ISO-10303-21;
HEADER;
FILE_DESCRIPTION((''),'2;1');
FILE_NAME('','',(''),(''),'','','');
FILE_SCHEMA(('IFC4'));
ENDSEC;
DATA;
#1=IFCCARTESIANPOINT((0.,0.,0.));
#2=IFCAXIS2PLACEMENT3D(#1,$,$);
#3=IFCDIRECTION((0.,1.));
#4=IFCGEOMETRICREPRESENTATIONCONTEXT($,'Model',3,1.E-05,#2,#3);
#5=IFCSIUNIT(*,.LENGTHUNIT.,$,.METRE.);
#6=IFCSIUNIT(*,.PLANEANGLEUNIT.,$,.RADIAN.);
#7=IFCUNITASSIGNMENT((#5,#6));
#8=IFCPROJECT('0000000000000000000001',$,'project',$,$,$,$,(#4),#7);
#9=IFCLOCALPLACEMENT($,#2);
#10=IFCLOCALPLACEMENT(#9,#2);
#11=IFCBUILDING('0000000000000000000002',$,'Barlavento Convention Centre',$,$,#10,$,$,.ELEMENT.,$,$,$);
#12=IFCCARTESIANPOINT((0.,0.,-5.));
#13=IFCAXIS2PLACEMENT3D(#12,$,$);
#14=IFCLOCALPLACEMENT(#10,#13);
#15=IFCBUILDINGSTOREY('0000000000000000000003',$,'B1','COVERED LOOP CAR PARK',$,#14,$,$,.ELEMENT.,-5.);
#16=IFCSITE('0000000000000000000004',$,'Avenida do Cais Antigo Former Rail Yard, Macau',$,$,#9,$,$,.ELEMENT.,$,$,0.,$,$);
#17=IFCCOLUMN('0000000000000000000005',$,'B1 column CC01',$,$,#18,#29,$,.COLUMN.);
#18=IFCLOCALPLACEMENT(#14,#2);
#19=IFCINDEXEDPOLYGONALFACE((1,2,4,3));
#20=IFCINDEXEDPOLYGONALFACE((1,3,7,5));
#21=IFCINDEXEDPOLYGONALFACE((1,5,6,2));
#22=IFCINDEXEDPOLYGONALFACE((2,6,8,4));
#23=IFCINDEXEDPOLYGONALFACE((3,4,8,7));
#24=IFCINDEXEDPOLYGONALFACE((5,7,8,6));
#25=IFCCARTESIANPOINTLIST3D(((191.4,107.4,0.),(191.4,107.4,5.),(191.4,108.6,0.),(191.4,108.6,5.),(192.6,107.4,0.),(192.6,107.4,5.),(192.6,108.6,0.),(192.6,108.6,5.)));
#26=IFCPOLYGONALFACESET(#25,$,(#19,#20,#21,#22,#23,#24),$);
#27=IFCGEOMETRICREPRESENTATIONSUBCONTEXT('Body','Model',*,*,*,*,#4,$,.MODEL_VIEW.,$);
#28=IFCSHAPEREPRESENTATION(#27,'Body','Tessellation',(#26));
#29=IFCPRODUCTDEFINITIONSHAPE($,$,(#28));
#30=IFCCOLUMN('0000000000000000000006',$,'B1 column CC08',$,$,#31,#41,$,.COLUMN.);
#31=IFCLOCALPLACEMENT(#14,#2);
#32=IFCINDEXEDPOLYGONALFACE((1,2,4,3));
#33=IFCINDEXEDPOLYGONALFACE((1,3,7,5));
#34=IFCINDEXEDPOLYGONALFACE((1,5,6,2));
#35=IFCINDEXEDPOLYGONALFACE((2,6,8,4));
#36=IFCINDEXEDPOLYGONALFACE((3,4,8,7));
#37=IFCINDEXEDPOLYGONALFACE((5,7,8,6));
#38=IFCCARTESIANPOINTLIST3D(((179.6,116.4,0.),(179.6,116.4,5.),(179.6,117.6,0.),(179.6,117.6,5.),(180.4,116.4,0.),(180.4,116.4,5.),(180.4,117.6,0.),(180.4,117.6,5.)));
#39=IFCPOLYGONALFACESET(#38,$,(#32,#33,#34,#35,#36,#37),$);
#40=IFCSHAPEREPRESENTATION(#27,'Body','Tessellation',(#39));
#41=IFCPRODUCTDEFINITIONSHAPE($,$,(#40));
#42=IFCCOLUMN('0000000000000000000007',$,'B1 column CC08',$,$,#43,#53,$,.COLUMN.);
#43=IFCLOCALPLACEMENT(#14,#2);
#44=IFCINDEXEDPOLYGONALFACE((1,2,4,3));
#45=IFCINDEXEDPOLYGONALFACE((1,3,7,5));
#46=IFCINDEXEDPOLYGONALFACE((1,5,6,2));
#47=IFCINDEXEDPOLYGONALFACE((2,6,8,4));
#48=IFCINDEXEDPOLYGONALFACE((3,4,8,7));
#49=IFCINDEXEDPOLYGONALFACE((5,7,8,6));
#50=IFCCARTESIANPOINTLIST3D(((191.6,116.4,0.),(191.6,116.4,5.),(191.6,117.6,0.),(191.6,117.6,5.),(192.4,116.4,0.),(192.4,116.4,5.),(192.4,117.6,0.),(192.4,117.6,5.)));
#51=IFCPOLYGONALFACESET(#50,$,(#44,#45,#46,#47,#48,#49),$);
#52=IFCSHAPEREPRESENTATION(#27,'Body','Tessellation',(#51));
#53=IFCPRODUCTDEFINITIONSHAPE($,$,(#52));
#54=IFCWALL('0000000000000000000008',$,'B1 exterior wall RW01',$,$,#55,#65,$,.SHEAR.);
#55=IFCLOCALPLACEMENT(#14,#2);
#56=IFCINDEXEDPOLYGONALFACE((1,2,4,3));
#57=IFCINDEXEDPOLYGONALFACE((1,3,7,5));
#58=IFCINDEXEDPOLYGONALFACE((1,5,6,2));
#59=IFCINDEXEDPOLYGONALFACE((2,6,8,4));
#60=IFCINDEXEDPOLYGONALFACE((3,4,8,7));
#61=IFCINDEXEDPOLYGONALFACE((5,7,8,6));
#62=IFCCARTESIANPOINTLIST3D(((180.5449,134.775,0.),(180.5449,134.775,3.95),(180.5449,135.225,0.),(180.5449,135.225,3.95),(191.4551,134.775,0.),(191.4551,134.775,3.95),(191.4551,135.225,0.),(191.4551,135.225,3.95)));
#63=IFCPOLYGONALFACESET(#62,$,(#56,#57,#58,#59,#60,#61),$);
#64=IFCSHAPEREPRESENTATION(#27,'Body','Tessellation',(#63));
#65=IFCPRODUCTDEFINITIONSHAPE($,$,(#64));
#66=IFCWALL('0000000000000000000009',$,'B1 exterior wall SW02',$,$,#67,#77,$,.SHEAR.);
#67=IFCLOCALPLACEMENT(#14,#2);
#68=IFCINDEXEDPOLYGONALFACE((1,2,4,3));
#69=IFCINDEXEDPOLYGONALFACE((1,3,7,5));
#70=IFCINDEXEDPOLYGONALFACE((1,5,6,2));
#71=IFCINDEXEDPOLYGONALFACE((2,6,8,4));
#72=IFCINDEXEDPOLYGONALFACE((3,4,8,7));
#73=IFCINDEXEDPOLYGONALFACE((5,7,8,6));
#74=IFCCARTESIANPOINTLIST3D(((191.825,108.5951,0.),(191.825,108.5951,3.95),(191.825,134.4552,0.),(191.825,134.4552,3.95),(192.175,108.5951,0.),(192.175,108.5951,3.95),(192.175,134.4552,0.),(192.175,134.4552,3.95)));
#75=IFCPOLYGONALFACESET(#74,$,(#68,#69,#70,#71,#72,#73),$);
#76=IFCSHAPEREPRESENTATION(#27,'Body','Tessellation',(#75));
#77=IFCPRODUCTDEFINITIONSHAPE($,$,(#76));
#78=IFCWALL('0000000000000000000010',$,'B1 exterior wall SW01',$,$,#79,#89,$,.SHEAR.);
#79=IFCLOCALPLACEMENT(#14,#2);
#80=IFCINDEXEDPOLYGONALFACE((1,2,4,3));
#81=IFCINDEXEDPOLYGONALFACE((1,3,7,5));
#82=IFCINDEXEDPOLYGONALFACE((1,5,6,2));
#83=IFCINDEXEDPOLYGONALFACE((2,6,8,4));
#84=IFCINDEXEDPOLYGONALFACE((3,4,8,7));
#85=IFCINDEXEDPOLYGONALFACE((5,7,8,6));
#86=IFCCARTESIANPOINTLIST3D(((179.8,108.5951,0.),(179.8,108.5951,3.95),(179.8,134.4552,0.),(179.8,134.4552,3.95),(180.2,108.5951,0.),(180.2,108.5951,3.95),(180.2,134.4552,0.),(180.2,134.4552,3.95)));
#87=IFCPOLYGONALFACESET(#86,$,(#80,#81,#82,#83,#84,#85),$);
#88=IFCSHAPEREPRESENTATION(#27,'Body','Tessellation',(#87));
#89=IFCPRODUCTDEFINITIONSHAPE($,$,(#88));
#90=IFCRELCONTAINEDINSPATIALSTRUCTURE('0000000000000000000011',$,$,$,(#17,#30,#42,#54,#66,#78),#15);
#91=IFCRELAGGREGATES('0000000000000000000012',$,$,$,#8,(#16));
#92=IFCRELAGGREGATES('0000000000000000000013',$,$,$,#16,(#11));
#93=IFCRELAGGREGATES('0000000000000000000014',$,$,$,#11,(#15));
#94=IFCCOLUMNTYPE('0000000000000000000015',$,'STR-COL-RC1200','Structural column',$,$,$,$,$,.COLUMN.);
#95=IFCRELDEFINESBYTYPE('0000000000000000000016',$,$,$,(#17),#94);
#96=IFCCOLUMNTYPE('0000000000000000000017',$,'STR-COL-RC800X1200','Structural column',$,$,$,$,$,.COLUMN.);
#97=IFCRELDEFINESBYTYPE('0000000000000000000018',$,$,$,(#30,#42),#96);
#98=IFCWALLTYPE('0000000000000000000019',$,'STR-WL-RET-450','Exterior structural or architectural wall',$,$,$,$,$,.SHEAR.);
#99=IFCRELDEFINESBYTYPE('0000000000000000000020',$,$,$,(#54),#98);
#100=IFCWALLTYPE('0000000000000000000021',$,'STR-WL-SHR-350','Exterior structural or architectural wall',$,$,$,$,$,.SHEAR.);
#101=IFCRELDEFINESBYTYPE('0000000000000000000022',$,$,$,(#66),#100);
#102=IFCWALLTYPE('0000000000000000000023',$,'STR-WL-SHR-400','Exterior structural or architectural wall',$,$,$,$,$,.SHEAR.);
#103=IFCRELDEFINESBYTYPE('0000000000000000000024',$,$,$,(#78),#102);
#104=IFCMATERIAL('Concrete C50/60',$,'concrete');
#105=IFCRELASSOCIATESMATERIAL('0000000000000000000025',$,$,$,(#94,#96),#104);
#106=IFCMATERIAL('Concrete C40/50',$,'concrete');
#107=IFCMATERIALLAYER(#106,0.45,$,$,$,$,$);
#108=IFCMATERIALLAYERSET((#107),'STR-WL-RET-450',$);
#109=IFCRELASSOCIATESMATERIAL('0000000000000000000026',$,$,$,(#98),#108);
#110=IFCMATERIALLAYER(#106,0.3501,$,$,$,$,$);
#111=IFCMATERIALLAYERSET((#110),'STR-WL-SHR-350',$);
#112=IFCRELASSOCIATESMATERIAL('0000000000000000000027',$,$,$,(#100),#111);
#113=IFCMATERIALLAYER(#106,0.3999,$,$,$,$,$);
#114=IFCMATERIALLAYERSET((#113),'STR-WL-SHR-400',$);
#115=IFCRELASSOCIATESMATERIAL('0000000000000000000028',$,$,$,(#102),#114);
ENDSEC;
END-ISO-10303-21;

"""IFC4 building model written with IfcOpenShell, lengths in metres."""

from ifc_helpers import new_model, si_unit, direction, frame, frame_2d, origin, origin_2d, place, context, subcontext, project, spatial, rectangle, extrude, material, layer, layer_set, material_profile, profile_set, type_object, element, save


model = new_model("IFC4")

# Units and contexts
model_context = context("Model", 3, precision=1e-05, world=origin(), true_north=direction((0.0, 1.0)))
body_context = subcontext(model_context, "Body", "Model", "MODEL_VIEW")
ifc_project = project(units=[si_unit("LENGTHUNIT", "METRE"), si_unit("PLANEANGLEUNIT", "RADIAN")], contexts=[model_context])

# Site, building, storey
site_placement = place(None, origin())
site = spatial("IfcSite", under=ifc_project, at=site_placement, Name="Avenida do Cais Antigo Former Rail Yard, Macau", CompositionType="ELEMENT", RefElevation=0.0)
building_placement = place(site_placement, origin())
building = spatial("IfcBuilding", under=site, at=building_placement, Name="Barlavento Convention Centre", CompositionType="ELEMENT")
storey_placement = place(building_placement, frame((0.0, 0.0, -5.0)))
storey = spatial("IfcBuildingStorey", under=building, at=storey_placement, Name="B1", Description="COVERED LOOP CAR PARK", CompositionType="ELEMENT", Elevation=-5.0)

# Shared definitions
ifc_material_1 = material(Name="Concrete C40/50", Category="concrete")

# Columns
ifc_material_2 = material(Name="Concrete C50/60", Category="concrete")
ifc_material_profile_1 = material_profile(ifc_material_2, rectangle(XDim=1.2, YDim=1.2, at=origin_2d()), Name="RC 1200x1200")
ifc_profile_set_1 = profile_set([ifc_material_profile_1], Name="Concrete C50/60")
column_type_1 = type_object("IfcColumnType", Name="STR-COL-RC1200", Description="Structural column", PredefinedType="COLUMN", material=ifc_profile_set_1)
column_1_placement = place(storey_placement, frame((192.0, 108.0, 0.0), z_axis=(0.0, 0.0, 1.0), x_axis=(1.0, 0.0, 0.0)))
element("IfcColumn", 1, at=column_1_placement, inside=storey, type_object=column_type_1, Name="B1 column CC01", PredefinedType="COLUMN", context=body_context, shape_type="SweptSolid", body=[
    extrude(rectangle(XDim=1.2, YDim=1.2, at=origin_2d()), origin(), (0.0, 0.0, 1.0), 5.0),
])
ifc_material_profile_2 = material_profile(ifc_material_2, rectangle(XDim=0.8, YDim=1.2, at=origin_2d()), Name="RC 800x1200")
ifc_profile_set_2 = profile_set([ifc_material_profile_2], Name="Concrete C50/60")
column_type_2 = type_object("IfcColumnType", Name="STR-COL-RC800X1200", Description="Structural column", PredefinedType="COLUMN", material=ifc_profile_set_2)
for number, where, z_axis, x_axis, name in (
    (2, (180.0, 117.0, 0.0), (0.0, 0.0, 1.0), (1.0, 0.0, 0.0), "B1 column CC08"),
    (3, (192.0, 117.0, 0.0), (0.0, 0.0, 1.0), (1.0, 0.0, 0.0), "B1 column CC08"),
):
    element("IfcColumn", number, at=place(storey_placement, frame(where, z_axis=z_axis, x_axis=x_axis)), inside=storey, type_object=column_type_2, Name=name, PredefinedType="COLUMN", context=body_context, shape_type="SweptSolid", body=[
        extrude(rectangle(XDim=0.8, YDim=1.2, at=origin_2d()), origin(), (0.0, 0.0, 1.0), 5.0),
    ])

# Walls
ifc_layer_1 = layer(ifc_material_1, 0.45)
ifc_layer_set_1 = layer_set([ifc_layer_1], Name="STR-WL-RET-450")
wall_type_1 = type_object("IfcWallType", Name="STR-WL-RET-450", Description="Exterior structural or architectural wall", PredefinedType="SHEAR", material=ifc_layer_set_1)
wall_1_placement = place(storey_placement, frame((180.5449, 135.0, 0.0), z_axis=(0.0, 0.0, 1.0), x_axis=(1.0, 0.0, 0.0)))
element("IfcWall", 4, at=wall_1_placement, inside=storey, type_object=wall_type_1, Name="B1 exterior wall RW01", PredefinedType="SHEAR", context=body_context, shape_type="SweptSolid", body=[
    extrude(rectangle(XDim=10.9102, YDim=0.45, at=frame_2d((5.4551, 0.0))), origin(), (0.0, 0.0, 1.0), 3.95),
])
ifc_layer_2 = layer(ifc_material_1, 0.3501)
ifc_layer_set_2 = layer_set([ifc_layer_2], Name="STR-WL-SHR-350")
wall_type_2 = type_object("IfcWallType", Name="STR-WL-SHR-350", Description="Exterior structural or architectural wall", PredefinedType="SHEAR", material=ifc_layer_set_2)
wall_2_placement = place(storey_placement, frame((192.0, 108.595, 0.0), z_axis=(0.0, 0.0, 1.0), x_axis=(0.0, 1.0, 0.0)))
element("IfcWall", 5, at=wall_2_placement, inside=storey, type_object=wall_type_2, Name="B1 exterior wall SW02", PredefinedType="SHEAR", context=body_context, shape_type="SweptSolid", body=[
    extrude(rectangle(XDim=25.8601, YDim=0.3501, at=frame_2d((12.9302, 0.0))), origin(), (0.0, 0.0, 1.0), 3.95),
])
ifc_layer_3 = layer(ifc_material_1, 0.3999)
ifc_layer_set_3 = layer_set([ifc_layer_3], Name="STR-WL-SHR-400")
wall_type_3 = type_object("IfcWallType", Name="STR-WL-SHR-400", Description="Exterior structural or architectural wall", PredefinedType="SHEAR", material=ifc_layer_set_3)
wall_3_placement = place(storey_placement, frame((180.0, 108.595, 0.0), z_axis=(0.0, 0.0, 1.0), x_axis=(0.0, 1.0, 0.0)))
element("IfcWall", 6, at=wall_3_placement, inside=storey, type_object=wall_type_3, Name="B1 exterior wall SW01", PredefinedType="SHEAR", context=body_context, shape_type="SweptSolid", body=[
    extrude(rectangle(XDim=25.8601, YDim=0.3999, at=frame_2d((12.9302, 0.0))), origin(), (0.0, 0.0, 1.0), 3.95),
])

save(model, "model.ifc")
